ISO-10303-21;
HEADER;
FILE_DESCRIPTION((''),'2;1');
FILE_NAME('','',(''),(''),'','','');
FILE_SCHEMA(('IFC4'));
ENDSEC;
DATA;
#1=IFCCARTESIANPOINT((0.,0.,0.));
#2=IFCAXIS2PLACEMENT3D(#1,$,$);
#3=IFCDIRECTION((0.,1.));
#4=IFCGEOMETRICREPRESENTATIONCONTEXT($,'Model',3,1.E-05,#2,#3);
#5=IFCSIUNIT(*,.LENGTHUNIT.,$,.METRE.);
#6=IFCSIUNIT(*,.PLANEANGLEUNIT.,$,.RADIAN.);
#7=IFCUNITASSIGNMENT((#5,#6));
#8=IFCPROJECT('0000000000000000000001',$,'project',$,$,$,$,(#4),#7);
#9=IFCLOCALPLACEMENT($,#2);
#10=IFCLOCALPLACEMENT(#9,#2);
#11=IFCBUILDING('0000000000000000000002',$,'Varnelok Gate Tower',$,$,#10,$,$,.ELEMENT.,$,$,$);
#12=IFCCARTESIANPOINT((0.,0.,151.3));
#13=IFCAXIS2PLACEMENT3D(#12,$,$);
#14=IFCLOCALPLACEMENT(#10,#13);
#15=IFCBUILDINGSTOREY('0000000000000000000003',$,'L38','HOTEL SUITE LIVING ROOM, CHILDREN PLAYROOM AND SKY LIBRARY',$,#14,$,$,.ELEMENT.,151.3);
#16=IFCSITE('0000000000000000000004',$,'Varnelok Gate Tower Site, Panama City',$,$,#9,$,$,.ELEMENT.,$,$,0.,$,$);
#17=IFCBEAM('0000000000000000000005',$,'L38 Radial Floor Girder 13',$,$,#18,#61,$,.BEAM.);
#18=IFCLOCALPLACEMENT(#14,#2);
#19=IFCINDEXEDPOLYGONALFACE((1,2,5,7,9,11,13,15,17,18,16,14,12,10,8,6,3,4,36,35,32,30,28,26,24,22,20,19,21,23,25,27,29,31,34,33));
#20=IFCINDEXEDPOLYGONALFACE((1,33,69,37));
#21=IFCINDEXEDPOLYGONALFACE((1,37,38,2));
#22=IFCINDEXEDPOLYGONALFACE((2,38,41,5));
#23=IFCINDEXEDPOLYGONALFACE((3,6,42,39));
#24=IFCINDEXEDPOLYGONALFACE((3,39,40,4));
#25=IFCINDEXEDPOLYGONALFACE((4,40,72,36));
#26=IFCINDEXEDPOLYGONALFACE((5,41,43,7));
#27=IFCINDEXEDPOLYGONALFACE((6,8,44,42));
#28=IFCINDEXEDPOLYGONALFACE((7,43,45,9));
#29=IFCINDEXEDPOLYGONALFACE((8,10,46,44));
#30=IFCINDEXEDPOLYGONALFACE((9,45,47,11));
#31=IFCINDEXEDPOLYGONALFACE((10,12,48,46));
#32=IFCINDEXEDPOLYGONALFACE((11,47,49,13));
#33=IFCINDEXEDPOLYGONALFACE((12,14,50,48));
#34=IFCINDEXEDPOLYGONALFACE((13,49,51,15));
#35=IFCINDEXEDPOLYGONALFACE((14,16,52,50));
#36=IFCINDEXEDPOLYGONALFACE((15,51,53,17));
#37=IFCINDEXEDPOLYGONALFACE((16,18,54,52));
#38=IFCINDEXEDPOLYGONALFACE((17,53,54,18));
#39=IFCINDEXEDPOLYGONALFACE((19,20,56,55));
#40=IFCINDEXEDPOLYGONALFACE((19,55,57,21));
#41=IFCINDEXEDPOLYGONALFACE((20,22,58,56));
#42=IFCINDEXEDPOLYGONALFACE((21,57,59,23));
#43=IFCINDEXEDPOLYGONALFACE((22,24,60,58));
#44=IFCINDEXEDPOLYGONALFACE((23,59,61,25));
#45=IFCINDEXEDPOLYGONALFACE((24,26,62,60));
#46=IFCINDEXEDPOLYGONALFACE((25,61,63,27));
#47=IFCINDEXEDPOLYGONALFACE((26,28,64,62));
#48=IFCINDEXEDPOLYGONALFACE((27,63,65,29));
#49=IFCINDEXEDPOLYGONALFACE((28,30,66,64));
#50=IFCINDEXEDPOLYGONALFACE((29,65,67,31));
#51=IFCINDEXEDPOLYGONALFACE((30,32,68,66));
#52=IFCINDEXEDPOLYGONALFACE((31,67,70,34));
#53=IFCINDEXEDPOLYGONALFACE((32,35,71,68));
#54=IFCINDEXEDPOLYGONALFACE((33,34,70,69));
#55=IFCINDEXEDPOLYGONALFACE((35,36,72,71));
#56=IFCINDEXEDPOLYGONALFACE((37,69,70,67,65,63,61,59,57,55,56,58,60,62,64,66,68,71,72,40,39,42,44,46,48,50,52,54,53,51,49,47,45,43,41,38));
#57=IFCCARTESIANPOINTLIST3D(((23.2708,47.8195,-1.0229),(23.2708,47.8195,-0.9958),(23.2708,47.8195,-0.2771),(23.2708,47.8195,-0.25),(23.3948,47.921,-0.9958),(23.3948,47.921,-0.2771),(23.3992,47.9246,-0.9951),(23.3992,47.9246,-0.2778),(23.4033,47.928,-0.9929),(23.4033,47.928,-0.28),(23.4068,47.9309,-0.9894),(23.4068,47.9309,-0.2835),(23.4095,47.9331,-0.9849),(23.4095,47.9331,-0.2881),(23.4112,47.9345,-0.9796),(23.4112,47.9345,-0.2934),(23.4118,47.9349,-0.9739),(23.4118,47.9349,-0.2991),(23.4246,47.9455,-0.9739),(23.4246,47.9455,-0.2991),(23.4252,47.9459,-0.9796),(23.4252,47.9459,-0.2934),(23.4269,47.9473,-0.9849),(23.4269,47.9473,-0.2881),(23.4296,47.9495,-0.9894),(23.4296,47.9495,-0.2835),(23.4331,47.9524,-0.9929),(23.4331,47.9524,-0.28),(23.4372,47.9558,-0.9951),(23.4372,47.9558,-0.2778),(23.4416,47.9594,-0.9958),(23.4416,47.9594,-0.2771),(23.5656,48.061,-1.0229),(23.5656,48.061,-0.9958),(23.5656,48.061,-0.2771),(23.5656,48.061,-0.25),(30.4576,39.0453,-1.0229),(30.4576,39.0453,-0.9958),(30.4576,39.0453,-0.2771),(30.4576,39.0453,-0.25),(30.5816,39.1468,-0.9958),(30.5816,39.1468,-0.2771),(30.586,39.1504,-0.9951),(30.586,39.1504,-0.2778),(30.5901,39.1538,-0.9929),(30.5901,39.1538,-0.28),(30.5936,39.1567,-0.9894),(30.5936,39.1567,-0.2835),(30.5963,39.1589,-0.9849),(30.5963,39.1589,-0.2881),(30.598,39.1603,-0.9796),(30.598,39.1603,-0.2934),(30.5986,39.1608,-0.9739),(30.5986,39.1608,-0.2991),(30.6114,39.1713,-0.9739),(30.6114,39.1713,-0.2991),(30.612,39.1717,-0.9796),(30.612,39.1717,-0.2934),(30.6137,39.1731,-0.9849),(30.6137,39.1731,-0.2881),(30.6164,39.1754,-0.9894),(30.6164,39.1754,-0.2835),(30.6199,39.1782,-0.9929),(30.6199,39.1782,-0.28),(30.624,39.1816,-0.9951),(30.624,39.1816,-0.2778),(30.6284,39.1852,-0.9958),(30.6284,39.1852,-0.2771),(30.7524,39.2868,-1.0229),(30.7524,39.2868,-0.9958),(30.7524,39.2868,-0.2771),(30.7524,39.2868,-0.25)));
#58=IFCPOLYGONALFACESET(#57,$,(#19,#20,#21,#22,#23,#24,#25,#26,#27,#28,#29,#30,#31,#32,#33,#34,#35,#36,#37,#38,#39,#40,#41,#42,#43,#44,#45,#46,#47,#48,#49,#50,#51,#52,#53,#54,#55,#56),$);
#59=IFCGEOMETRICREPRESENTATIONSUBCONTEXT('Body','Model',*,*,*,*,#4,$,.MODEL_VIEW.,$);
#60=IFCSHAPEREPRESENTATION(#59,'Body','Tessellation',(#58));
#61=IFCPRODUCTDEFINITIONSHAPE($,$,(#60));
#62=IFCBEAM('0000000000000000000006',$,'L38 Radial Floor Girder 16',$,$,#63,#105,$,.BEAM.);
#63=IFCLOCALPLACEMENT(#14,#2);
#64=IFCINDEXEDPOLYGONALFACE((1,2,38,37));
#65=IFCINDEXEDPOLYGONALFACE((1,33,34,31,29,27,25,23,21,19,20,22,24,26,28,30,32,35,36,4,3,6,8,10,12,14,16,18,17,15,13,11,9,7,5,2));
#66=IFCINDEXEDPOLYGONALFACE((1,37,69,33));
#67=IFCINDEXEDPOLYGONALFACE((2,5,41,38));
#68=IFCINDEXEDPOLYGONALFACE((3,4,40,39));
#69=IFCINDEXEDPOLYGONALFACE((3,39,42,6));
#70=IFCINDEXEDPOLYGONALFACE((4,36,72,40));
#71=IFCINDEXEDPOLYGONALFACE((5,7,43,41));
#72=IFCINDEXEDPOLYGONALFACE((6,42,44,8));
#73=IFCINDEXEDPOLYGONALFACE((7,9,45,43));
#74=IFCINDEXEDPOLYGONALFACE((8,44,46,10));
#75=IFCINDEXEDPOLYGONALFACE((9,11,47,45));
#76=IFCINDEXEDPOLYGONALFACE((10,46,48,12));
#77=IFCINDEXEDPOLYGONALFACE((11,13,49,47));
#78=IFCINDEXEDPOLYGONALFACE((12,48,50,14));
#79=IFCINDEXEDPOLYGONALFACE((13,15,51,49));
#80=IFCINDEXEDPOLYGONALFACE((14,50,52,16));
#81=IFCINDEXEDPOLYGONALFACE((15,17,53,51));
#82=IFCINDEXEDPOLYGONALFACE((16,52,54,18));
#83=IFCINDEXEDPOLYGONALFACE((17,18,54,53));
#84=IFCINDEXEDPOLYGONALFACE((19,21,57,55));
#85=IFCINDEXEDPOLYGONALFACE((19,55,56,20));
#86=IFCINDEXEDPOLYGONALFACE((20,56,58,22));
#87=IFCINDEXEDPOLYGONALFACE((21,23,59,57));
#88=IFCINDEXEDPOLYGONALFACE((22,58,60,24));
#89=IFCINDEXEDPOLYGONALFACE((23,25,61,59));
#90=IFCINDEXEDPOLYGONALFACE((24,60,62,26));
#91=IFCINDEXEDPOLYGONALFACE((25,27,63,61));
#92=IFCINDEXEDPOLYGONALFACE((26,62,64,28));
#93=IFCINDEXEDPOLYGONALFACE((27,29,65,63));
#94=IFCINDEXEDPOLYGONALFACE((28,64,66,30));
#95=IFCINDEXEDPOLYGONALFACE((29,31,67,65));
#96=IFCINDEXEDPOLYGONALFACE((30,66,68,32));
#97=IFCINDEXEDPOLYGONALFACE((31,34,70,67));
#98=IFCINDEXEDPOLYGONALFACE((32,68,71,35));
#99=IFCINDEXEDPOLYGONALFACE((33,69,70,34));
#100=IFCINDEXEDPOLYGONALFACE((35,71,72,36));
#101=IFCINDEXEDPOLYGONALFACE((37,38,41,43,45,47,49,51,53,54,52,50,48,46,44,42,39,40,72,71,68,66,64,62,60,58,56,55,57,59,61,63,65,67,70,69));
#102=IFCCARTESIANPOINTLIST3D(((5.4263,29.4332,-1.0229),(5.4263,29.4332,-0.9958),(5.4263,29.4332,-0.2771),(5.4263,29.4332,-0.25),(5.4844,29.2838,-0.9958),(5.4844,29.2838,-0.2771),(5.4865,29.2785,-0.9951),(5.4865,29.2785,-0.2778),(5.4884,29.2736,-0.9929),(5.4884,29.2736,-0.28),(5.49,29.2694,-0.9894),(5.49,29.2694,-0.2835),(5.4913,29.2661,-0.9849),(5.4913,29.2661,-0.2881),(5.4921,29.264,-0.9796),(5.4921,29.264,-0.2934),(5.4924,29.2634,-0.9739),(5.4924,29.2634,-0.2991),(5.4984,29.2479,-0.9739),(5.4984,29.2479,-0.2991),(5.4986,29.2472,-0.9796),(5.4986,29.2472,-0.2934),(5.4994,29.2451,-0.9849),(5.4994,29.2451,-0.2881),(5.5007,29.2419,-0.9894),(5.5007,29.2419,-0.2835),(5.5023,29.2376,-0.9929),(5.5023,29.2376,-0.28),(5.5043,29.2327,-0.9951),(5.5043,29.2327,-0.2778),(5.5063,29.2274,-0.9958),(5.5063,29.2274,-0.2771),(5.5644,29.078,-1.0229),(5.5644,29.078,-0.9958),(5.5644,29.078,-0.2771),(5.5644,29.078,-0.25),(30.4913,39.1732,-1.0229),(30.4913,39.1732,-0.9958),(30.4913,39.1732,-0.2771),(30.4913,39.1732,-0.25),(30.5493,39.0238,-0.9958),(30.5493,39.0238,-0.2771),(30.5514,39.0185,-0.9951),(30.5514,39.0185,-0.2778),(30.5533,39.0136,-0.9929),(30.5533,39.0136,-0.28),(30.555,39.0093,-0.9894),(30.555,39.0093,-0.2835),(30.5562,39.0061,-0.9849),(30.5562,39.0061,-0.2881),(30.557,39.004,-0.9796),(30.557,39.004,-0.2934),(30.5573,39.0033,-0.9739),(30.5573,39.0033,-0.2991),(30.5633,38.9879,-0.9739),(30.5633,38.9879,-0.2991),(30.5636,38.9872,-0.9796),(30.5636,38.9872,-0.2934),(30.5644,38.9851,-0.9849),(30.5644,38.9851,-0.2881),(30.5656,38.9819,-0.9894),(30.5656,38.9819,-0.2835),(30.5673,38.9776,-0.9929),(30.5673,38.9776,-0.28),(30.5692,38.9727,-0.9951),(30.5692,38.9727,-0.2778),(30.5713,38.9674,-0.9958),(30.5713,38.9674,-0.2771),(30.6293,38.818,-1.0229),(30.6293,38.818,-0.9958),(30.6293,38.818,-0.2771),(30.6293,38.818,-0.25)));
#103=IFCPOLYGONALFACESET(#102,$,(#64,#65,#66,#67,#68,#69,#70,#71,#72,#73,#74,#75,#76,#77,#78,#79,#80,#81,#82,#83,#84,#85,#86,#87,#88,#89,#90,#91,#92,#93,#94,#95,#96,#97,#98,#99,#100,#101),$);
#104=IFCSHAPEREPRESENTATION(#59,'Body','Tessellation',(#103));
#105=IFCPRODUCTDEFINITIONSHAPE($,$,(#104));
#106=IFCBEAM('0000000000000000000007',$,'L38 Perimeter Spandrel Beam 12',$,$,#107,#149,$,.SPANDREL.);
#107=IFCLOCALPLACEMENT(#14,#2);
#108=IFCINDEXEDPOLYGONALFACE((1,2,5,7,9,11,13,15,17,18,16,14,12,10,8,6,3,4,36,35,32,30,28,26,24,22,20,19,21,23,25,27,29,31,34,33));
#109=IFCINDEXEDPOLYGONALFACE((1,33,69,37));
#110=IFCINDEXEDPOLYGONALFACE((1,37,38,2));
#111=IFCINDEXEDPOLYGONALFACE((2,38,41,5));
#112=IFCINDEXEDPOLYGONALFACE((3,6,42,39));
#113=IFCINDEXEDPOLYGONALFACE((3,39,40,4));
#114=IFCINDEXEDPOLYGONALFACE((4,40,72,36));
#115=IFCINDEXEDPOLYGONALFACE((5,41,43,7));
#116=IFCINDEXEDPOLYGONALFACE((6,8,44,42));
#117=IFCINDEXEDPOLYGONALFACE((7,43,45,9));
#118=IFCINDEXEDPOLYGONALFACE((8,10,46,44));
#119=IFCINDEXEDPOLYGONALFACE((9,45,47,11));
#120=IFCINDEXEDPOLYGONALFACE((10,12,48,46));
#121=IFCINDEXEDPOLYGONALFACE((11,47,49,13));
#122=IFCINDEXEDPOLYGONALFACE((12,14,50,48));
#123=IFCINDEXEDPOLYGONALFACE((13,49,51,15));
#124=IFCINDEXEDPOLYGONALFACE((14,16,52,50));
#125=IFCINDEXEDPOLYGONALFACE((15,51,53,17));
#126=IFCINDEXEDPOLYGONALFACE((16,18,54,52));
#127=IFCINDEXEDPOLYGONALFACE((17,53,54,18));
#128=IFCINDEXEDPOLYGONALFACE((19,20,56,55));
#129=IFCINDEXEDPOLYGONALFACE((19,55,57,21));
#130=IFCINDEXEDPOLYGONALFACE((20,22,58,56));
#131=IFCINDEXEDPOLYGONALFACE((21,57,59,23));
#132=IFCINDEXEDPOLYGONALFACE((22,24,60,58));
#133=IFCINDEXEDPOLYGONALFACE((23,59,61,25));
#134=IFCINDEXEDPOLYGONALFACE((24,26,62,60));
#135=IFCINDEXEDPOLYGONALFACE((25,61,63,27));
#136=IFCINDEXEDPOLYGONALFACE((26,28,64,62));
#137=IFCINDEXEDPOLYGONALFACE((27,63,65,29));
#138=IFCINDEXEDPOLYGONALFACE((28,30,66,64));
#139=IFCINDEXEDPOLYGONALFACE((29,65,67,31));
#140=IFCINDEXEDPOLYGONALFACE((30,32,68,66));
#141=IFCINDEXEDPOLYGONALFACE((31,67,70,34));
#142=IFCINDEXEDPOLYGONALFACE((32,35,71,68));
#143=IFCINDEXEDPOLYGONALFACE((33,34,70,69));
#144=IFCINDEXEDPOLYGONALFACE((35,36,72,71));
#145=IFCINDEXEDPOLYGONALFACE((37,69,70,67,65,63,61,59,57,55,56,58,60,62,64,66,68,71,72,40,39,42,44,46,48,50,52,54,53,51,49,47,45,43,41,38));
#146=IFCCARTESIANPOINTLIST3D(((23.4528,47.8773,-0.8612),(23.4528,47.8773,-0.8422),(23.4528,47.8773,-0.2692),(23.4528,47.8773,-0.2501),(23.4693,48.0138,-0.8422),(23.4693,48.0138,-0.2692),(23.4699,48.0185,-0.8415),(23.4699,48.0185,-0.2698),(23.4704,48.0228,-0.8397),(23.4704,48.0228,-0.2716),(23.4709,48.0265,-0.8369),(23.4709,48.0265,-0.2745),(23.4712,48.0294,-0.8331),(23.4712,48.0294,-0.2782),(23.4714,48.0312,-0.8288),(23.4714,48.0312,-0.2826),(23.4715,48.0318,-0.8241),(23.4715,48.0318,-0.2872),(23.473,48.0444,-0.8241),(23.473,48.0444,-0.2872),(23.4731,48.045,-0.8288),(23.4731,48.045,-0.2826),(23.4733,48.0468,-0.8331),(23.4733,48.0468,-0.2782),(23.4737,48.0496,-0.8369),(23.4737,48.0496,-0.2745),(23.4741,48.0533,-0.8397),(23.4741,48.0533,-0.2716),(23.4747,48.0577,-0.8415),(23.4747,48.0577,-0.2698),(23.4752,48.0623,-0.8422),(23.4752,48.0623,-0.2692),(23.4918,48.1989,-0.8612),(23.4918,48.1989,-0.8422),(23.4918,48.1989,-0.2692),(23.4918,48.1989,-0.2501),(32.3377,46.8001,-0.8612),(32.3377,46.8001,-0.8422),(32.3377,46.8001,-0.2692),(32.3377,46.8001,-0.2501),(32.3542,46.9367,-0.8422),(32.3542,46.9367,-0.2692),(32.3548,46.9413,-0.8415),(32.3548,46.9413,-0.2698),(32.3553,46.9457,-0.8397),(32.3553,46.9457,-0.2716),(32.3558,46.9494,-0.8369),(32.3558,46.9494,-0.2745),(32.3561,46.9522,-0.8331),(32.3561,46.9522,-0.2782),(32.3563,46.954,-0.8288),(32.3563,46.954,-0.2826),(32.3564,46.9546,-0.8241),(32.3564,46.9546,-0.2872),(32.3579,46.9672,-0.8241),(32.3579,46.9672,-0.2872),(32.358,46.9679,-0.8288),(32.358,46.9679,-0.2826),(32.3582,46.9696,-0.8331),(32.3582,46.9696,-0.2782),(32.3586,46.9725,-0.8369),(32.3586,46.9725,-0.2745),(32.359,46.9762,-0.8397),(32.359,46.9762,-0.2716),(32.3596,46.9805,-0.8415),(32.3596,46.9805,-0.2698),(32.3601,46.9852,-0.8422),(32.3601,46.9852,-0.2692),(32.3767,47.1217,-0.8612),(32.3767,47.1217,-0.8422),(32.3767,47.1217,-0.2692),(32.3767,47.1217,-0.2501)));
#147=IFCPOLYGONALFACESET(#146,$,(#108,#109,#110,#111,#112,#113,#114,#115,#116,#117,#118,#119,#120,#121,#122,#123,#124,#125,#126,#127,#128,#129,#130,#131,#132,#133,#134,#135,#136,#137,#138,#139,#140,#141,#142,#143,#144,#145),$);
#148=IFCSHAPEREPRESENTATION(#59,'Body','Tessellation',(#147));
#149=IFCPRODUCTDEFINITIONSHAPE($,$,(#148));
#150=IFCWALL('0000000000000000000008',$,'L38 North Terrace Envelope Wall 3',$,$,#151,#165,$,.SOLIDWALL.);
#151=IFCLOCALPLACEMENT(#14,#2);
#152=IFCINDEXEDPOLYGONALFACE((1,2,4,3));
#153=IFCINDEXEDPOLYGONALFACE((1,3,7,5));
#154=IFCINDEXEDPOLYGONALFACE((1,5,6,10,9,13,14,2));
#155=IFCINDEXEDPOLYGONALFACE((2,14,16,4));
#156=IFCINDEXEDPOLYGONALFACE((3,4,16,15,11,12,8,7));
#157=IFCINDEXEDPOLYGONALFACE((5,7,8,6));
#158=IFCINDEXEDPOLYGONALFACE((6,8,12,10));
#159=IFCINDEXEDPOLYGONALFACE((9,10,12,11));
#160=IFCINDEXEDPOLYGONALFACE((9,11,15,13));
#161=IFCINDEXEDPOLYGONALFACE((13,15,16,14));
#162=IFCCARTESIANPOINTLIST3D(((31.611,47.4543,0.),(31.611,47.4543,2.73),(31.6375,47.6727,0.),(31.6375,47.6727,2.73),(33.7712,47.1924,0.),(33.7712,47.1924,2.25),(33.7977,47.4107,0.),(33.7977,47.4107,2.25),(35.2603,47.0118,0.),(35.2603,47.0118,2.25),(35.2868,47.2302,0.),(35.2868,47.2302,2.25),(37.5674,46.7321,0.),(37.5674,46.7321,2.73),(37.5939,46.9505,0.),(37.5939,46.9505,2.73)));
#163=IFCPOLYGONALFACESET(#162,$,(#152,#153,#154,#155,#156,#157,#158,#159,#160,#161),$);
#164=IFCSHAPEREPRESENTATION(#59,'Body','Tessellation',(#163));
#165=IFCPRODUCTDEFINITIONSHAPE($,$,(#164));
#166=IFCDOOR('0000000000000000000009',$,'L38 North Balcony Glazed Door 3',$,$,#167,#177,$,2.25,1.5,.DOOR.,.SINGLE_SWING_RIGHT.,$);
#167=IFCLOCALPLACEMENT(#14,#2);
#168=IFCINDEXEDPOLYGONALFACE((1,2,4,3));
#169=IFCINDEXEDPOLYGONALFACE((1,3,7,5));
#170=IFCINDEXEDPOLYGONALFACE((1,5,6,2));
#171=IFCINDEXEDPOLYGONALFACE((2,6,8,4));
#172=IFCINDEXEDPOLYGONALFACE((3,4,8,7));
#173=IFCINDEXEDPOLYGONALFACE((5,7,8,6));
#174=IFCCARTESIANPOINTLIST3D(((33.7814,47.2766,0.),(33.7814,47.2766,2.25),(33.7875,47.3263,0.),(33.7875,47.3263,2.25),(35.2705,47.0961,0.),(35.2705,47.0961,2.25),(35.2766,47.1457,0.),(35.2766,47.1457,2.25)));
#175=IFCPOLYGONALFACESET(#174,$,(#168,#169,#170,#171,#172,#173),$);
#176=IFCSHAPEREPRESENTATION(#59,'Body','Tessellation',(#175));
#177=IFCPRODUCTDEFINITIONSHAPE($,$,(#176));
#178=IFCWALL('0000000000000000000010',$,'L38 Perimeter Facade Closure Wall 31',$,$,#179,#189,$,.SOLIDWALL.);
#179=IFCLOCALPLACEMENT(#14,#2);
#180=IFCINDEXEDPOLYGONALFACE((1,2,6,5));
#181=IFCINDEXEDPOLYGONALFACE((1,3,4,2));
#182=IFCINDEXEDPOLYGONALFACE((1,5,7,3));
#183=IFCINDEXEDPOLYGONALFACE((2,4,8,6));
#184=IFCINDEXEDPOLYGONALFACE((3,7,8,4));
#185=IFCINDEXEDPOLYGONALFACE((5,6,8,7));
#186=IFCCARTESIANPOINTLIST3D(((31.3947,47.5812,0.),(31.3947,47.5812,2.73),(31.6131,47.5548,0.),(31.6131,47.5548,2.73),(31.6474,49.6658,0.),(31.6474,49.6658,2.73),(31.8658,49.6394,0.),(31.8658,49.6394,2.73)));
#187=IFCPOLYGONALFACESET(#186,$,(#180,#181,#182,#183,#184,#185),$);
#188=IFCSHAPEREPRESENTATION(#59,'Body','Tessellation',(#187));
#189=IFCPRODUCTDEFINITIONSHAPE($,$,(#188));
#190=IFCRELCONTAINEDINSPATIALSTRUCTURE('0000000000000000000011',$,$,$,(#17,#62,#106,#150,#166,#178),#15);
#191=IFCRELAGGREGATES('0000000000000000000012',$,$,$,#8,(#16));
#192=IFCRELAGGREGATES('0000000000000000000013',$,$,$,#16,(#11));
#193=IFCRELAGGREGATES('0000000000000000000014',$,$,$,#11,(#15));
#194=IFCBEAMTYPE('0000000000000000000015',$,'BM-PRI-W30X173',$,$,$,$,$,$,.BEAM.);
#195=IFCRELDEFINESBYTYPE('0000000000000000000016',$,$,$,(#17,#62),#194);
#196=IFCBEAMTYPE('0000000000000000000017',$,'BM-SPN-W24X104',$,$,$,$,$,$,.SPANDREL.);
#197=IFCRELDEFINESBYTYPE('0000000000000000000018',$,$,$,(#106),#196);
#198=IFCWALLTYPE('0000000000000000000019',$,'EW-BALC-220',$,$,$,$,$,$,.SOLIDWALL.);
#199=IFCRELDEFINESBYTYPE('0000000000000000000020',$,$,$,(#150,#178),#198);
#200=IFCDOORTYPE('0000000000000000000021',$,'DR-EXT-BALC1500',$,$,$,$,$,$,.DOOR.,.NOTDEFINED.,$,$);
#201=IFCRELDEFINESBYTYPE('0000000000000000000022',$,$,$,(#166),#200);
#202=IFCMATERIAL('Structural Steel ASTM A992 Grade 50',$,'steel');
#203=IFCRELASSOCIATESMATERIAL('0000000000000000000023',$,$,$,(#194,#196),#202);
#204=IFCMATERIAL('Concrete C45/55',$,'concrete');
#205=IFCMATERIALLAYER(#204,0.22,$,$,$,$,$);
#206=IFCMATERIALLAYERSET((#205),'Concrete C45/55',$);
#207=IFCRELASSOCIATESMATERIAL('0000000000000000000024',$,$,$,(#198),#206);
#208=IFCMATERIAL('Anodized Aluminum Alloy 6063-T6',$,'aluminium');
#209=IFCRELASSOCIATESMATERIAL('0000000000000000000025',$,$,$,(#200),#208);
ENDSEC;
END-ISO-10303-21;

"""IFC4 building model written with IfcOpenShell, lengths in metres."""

from ifc_helpers import new_model, si_unit, direction, frame, frame_2d, origin, origin_2d, place, context, subcontext, project, spatial, rectangle, i_section, extrude, material, layer, layer_set, material_profile, profile_set, type_object, element, fill, save


model = new_model("IFC4")

# Units and contexts
model_context = context("Model", 3, precision=1e-05, world=origin(), true_north=direction((0.0, 1.0)))
body_context = subcontext(model_context, "Body", "Model", "MODEL_VIEW")
ifc_project = project(units=[si_unit("LENGTHUNIT", "METRE"), si_unit("PLANEANGLEUNIT", "RADIAN")], contexts=[model_context])

# Site, building, storey
site_placement = place(None, origin())
site = spatial("IfcSite", under=ifc_project, at=site_placement, Name="Varnelok Gate Tower Site, Panama City", CompositionType="ELEMENT", RefElevation=0.0)
building_placement = place(site_placement, origin())
building = spatial("IfcBuilding", under=site, at=building_placement, Name="Varnelok Gate Tower", CompositionType="ELEMENT")
storey_placement = place(building_placement, frame((0.0, 0.0, 151.3)))
storey = spatial("IfcBuildingStorey", under=building, at=storey_placement, Name="L38", Description="HOTEL SUITE LIVING ROOM, CHILDREN PLAYROOM AND SKY LIBRARY", CompositionType="ELEMENT", Elevation=151.3)

# Shared definitions
ifc_material_1 = material(Name="Structural Steel ASTM A992 Grade 50", Category="steel")

# Beams
ifc_material_profile_1 = material_profile(ifc_material_1, i_section(OverallWidth=0.3811, OverallDepth=0.7729, WebThickness=0.0166, FlangeThickness=0.0271, FilletRadius=0.022, at=origin_2d()), Name="W30X173")
ifc_profile_set_1 = profile_set([ifc_material_profile_1], Name="Structural Steel ASTM A992 Grade 50")
beam_type_1 = type_object("IfcBeamType", Name="BM-PRI-W30X173", PredefinedType="BEAM", material=ifc_profile_set_1)
beam_1_placement = place(storey_placement, frame((30.605, 39.166, -0.6365), z_axis=(-0.633655, 0.773616, 0.0), x_axis=(-0.773616, -0.633655, 0.0)))
element("IfcBeam", 1, at=beam_1_placement, inside=storey, type_object=beam_type_1, Name="L38 Radial Floor Girder 13", PredefinedType="BEAM", context=body_context, shape_type="SweptSolid", body=[
    extrude(i_section(OverallWidth=0.3811, OverallDepth=0.7729, WebThickness=0.0166, FlangeThickness=0.0271, FilletRadius=0.022, at=origin_2d()), origin(), (0.0, 0.0, 1.0), 11.3418),
])
beam_2_placement = place(storey_placement, frame((30.5603, 38.9956, -0.6365), z_axis=(-0.932099, -0.362204, 0.0), x_axis=(0.362204, -0.932099, 0.0)))
element("IfcBeam", 2, at=beam_2_placement, inside=storey, type_object=beam_type_1, Name="L38 Radial Floor Girder 16", PredefinedType="BEAM", context=body_context, shape_type="SweptSolid", body=[
    extrude(i_section(OverallWidth=0.3811, OverallDepth=0.7729, WebThickness=0.0166, FlangeThickness=0.0271, FilletRadius=0.022, at=origin_2d()), origin(), (0.0, 0.0, 1.0), 26.8909),
])
ifc_material_profile_2 = material_profile(ifc_material_1, i_section(OverallWidth=0.324, OverallDepth=0.6111, WebThickness=0.0127, FlangeThickness=0.019, FilletRadius=0.0181, at=origin_2d()), Name="W24X104")
ifc_profile_set_2 = profile_set([ifc_material_profile_2], Name="Structural Steel ASTM A992 Grade 50")
beam_type_2 = type_object("IfcBeamType", Name="BM-SPN-W24X104", PredefinedType="SPANDREL", material=ifc_profile_set_2)
beam_3_placement = place(storey_placement, frame((32.3572, 46.9609, -0.5557), z_axis=(-0.992731, 0.120351, 0.0), x_axis=(-0.120351, -0.992731, 0.0)))
element("IfcBeam", 3, at=beam_3_placement, inside=storey, type_object=beam_type_2, Name="L38 Perimeter Spandrel Beam 12", PredefinedType="SPANDREL", context=body_context, shape_type="SweptSolid", body=[
    extrude(i_section(OverallWidth=0.324, OverallDepth=0.6111, WebThickness=0.0127, FlangeThickness=0.019, FilletRadius=0.0181, at=origin_2d()), origin(), (0.0, 0.0, 1.0), 8.95),
])

# Wall, opening, door
ifc_material_2 = material(Name="Concrete C45/55", Category="concrete")
ifc_layer_1 = layer(ifc_material_2, 0.22)
ifc_layer_set_1 = layer_set([ifc_layer_1], Name="Concrete C45/55")
wall_type_1 = type_object("IfcWallType", Name="EW-BALC-220", PredefinedType="SOLIDWALL", material=ifc_layer_set_1)
wall_1_placement = place(storey_placement, frame((31.6243, 47.5635, 0.0), z_axis=(0.0, 0.0, 1.0), x_axis=(0.99273, -0.120363, 0.0)))
wall_1 = element("IfcWall", 4, at=wall_1_placement, inside=storey, type_object=wall_type_1, Name="L38 North Terrace Envelope Wall 3", PredefinedType="SOLIDWALL", context=body_context, shape_type="SweptSolid", body=[
    extrude(rectangle(XDim=6.0, YDim=0.22, at=frame_2d((3.0, 0.0))), origin(), (0.0, 0.0, 1.0), 2.73),
])
opening_1_placement = place(wall_1_placement, frame((2.176, 0.0, 0.0)))
opening_1 = element("IfcOpeningElement", 5, at=opening_1_placement, cuts=wall_1, PredefinedType="OPENING", context=body_context, shape_type="SweptSolid", body=[
    extrude(rectangle(XDim=1.5, YDim=2.25, at=frame_2d((0.75, 1.125))), frame((0.0, 0.1199, 0.0), z_axis=(0.0, -1.0, 0.0), x_axis=(1.0, 0.0, 0.0)), (0.0, 0.0, 1.0), 0.24),
])
ifc_material_3 = material(Name="Anodized Aluminum Alloy 6063-T6", Category="aluminium")
door_type_1 = type_object("IfcDoorType", Name="DR-EXT-BALC1500", OperationType="NOTDEFINED", PredefinedType="DOOR", material=ifc_material_3)
door_1_placement = place(opening_1_placement, origin())
door_1 = element("IfcDoor", 6, at=door_1_placement, inside=storey, type_object=door_type_1, Name="L38 North Balcony Glazed Door 3", OperationType="SINGLE_SWING_RIGHT", OverallHeight=2.25, OverallWidth=1.5, PredefinedType="DOOR", context=body_context, shape_type="SweptSolid", body=[
    extrude(rectangle(XDim=1.5, YDim=2.25, at=frame_2d((0.75, 1.125))), frame((0.0, 0.0249, 0.0), z_axis=(0.0, -1.0, 0.0), x_axis=(1.0, 0.0, 0.0)), (0.0, 0.0, 1.0), 0.05),
])
fill(opening_1, door_1)

# Wall
wall_2_placement = place(storey_placement, frame((31.5039, 47.5681, 0.0), z_axis=(0.0, 0.0, 1.0), x_axis=(0.120342, 0.992733, 0.0)))
element("IfcWall", 7, at=wall_2_placement, inside=storey, type_object=wall_type_1, Name="L38 Perimeter Facade Closure Wall 31", PredefinedType="SOLIDWALL", context=body_context, shape_type="SweptSolid", body=[
    extrude(rectangle(XDim=2.0999, YDim=0.22, at=frame_2d((1.0498, 0.0))), origin(), (0.0, 0.0, 1.0), 2.73),
])

save(model, "model.ifc")
